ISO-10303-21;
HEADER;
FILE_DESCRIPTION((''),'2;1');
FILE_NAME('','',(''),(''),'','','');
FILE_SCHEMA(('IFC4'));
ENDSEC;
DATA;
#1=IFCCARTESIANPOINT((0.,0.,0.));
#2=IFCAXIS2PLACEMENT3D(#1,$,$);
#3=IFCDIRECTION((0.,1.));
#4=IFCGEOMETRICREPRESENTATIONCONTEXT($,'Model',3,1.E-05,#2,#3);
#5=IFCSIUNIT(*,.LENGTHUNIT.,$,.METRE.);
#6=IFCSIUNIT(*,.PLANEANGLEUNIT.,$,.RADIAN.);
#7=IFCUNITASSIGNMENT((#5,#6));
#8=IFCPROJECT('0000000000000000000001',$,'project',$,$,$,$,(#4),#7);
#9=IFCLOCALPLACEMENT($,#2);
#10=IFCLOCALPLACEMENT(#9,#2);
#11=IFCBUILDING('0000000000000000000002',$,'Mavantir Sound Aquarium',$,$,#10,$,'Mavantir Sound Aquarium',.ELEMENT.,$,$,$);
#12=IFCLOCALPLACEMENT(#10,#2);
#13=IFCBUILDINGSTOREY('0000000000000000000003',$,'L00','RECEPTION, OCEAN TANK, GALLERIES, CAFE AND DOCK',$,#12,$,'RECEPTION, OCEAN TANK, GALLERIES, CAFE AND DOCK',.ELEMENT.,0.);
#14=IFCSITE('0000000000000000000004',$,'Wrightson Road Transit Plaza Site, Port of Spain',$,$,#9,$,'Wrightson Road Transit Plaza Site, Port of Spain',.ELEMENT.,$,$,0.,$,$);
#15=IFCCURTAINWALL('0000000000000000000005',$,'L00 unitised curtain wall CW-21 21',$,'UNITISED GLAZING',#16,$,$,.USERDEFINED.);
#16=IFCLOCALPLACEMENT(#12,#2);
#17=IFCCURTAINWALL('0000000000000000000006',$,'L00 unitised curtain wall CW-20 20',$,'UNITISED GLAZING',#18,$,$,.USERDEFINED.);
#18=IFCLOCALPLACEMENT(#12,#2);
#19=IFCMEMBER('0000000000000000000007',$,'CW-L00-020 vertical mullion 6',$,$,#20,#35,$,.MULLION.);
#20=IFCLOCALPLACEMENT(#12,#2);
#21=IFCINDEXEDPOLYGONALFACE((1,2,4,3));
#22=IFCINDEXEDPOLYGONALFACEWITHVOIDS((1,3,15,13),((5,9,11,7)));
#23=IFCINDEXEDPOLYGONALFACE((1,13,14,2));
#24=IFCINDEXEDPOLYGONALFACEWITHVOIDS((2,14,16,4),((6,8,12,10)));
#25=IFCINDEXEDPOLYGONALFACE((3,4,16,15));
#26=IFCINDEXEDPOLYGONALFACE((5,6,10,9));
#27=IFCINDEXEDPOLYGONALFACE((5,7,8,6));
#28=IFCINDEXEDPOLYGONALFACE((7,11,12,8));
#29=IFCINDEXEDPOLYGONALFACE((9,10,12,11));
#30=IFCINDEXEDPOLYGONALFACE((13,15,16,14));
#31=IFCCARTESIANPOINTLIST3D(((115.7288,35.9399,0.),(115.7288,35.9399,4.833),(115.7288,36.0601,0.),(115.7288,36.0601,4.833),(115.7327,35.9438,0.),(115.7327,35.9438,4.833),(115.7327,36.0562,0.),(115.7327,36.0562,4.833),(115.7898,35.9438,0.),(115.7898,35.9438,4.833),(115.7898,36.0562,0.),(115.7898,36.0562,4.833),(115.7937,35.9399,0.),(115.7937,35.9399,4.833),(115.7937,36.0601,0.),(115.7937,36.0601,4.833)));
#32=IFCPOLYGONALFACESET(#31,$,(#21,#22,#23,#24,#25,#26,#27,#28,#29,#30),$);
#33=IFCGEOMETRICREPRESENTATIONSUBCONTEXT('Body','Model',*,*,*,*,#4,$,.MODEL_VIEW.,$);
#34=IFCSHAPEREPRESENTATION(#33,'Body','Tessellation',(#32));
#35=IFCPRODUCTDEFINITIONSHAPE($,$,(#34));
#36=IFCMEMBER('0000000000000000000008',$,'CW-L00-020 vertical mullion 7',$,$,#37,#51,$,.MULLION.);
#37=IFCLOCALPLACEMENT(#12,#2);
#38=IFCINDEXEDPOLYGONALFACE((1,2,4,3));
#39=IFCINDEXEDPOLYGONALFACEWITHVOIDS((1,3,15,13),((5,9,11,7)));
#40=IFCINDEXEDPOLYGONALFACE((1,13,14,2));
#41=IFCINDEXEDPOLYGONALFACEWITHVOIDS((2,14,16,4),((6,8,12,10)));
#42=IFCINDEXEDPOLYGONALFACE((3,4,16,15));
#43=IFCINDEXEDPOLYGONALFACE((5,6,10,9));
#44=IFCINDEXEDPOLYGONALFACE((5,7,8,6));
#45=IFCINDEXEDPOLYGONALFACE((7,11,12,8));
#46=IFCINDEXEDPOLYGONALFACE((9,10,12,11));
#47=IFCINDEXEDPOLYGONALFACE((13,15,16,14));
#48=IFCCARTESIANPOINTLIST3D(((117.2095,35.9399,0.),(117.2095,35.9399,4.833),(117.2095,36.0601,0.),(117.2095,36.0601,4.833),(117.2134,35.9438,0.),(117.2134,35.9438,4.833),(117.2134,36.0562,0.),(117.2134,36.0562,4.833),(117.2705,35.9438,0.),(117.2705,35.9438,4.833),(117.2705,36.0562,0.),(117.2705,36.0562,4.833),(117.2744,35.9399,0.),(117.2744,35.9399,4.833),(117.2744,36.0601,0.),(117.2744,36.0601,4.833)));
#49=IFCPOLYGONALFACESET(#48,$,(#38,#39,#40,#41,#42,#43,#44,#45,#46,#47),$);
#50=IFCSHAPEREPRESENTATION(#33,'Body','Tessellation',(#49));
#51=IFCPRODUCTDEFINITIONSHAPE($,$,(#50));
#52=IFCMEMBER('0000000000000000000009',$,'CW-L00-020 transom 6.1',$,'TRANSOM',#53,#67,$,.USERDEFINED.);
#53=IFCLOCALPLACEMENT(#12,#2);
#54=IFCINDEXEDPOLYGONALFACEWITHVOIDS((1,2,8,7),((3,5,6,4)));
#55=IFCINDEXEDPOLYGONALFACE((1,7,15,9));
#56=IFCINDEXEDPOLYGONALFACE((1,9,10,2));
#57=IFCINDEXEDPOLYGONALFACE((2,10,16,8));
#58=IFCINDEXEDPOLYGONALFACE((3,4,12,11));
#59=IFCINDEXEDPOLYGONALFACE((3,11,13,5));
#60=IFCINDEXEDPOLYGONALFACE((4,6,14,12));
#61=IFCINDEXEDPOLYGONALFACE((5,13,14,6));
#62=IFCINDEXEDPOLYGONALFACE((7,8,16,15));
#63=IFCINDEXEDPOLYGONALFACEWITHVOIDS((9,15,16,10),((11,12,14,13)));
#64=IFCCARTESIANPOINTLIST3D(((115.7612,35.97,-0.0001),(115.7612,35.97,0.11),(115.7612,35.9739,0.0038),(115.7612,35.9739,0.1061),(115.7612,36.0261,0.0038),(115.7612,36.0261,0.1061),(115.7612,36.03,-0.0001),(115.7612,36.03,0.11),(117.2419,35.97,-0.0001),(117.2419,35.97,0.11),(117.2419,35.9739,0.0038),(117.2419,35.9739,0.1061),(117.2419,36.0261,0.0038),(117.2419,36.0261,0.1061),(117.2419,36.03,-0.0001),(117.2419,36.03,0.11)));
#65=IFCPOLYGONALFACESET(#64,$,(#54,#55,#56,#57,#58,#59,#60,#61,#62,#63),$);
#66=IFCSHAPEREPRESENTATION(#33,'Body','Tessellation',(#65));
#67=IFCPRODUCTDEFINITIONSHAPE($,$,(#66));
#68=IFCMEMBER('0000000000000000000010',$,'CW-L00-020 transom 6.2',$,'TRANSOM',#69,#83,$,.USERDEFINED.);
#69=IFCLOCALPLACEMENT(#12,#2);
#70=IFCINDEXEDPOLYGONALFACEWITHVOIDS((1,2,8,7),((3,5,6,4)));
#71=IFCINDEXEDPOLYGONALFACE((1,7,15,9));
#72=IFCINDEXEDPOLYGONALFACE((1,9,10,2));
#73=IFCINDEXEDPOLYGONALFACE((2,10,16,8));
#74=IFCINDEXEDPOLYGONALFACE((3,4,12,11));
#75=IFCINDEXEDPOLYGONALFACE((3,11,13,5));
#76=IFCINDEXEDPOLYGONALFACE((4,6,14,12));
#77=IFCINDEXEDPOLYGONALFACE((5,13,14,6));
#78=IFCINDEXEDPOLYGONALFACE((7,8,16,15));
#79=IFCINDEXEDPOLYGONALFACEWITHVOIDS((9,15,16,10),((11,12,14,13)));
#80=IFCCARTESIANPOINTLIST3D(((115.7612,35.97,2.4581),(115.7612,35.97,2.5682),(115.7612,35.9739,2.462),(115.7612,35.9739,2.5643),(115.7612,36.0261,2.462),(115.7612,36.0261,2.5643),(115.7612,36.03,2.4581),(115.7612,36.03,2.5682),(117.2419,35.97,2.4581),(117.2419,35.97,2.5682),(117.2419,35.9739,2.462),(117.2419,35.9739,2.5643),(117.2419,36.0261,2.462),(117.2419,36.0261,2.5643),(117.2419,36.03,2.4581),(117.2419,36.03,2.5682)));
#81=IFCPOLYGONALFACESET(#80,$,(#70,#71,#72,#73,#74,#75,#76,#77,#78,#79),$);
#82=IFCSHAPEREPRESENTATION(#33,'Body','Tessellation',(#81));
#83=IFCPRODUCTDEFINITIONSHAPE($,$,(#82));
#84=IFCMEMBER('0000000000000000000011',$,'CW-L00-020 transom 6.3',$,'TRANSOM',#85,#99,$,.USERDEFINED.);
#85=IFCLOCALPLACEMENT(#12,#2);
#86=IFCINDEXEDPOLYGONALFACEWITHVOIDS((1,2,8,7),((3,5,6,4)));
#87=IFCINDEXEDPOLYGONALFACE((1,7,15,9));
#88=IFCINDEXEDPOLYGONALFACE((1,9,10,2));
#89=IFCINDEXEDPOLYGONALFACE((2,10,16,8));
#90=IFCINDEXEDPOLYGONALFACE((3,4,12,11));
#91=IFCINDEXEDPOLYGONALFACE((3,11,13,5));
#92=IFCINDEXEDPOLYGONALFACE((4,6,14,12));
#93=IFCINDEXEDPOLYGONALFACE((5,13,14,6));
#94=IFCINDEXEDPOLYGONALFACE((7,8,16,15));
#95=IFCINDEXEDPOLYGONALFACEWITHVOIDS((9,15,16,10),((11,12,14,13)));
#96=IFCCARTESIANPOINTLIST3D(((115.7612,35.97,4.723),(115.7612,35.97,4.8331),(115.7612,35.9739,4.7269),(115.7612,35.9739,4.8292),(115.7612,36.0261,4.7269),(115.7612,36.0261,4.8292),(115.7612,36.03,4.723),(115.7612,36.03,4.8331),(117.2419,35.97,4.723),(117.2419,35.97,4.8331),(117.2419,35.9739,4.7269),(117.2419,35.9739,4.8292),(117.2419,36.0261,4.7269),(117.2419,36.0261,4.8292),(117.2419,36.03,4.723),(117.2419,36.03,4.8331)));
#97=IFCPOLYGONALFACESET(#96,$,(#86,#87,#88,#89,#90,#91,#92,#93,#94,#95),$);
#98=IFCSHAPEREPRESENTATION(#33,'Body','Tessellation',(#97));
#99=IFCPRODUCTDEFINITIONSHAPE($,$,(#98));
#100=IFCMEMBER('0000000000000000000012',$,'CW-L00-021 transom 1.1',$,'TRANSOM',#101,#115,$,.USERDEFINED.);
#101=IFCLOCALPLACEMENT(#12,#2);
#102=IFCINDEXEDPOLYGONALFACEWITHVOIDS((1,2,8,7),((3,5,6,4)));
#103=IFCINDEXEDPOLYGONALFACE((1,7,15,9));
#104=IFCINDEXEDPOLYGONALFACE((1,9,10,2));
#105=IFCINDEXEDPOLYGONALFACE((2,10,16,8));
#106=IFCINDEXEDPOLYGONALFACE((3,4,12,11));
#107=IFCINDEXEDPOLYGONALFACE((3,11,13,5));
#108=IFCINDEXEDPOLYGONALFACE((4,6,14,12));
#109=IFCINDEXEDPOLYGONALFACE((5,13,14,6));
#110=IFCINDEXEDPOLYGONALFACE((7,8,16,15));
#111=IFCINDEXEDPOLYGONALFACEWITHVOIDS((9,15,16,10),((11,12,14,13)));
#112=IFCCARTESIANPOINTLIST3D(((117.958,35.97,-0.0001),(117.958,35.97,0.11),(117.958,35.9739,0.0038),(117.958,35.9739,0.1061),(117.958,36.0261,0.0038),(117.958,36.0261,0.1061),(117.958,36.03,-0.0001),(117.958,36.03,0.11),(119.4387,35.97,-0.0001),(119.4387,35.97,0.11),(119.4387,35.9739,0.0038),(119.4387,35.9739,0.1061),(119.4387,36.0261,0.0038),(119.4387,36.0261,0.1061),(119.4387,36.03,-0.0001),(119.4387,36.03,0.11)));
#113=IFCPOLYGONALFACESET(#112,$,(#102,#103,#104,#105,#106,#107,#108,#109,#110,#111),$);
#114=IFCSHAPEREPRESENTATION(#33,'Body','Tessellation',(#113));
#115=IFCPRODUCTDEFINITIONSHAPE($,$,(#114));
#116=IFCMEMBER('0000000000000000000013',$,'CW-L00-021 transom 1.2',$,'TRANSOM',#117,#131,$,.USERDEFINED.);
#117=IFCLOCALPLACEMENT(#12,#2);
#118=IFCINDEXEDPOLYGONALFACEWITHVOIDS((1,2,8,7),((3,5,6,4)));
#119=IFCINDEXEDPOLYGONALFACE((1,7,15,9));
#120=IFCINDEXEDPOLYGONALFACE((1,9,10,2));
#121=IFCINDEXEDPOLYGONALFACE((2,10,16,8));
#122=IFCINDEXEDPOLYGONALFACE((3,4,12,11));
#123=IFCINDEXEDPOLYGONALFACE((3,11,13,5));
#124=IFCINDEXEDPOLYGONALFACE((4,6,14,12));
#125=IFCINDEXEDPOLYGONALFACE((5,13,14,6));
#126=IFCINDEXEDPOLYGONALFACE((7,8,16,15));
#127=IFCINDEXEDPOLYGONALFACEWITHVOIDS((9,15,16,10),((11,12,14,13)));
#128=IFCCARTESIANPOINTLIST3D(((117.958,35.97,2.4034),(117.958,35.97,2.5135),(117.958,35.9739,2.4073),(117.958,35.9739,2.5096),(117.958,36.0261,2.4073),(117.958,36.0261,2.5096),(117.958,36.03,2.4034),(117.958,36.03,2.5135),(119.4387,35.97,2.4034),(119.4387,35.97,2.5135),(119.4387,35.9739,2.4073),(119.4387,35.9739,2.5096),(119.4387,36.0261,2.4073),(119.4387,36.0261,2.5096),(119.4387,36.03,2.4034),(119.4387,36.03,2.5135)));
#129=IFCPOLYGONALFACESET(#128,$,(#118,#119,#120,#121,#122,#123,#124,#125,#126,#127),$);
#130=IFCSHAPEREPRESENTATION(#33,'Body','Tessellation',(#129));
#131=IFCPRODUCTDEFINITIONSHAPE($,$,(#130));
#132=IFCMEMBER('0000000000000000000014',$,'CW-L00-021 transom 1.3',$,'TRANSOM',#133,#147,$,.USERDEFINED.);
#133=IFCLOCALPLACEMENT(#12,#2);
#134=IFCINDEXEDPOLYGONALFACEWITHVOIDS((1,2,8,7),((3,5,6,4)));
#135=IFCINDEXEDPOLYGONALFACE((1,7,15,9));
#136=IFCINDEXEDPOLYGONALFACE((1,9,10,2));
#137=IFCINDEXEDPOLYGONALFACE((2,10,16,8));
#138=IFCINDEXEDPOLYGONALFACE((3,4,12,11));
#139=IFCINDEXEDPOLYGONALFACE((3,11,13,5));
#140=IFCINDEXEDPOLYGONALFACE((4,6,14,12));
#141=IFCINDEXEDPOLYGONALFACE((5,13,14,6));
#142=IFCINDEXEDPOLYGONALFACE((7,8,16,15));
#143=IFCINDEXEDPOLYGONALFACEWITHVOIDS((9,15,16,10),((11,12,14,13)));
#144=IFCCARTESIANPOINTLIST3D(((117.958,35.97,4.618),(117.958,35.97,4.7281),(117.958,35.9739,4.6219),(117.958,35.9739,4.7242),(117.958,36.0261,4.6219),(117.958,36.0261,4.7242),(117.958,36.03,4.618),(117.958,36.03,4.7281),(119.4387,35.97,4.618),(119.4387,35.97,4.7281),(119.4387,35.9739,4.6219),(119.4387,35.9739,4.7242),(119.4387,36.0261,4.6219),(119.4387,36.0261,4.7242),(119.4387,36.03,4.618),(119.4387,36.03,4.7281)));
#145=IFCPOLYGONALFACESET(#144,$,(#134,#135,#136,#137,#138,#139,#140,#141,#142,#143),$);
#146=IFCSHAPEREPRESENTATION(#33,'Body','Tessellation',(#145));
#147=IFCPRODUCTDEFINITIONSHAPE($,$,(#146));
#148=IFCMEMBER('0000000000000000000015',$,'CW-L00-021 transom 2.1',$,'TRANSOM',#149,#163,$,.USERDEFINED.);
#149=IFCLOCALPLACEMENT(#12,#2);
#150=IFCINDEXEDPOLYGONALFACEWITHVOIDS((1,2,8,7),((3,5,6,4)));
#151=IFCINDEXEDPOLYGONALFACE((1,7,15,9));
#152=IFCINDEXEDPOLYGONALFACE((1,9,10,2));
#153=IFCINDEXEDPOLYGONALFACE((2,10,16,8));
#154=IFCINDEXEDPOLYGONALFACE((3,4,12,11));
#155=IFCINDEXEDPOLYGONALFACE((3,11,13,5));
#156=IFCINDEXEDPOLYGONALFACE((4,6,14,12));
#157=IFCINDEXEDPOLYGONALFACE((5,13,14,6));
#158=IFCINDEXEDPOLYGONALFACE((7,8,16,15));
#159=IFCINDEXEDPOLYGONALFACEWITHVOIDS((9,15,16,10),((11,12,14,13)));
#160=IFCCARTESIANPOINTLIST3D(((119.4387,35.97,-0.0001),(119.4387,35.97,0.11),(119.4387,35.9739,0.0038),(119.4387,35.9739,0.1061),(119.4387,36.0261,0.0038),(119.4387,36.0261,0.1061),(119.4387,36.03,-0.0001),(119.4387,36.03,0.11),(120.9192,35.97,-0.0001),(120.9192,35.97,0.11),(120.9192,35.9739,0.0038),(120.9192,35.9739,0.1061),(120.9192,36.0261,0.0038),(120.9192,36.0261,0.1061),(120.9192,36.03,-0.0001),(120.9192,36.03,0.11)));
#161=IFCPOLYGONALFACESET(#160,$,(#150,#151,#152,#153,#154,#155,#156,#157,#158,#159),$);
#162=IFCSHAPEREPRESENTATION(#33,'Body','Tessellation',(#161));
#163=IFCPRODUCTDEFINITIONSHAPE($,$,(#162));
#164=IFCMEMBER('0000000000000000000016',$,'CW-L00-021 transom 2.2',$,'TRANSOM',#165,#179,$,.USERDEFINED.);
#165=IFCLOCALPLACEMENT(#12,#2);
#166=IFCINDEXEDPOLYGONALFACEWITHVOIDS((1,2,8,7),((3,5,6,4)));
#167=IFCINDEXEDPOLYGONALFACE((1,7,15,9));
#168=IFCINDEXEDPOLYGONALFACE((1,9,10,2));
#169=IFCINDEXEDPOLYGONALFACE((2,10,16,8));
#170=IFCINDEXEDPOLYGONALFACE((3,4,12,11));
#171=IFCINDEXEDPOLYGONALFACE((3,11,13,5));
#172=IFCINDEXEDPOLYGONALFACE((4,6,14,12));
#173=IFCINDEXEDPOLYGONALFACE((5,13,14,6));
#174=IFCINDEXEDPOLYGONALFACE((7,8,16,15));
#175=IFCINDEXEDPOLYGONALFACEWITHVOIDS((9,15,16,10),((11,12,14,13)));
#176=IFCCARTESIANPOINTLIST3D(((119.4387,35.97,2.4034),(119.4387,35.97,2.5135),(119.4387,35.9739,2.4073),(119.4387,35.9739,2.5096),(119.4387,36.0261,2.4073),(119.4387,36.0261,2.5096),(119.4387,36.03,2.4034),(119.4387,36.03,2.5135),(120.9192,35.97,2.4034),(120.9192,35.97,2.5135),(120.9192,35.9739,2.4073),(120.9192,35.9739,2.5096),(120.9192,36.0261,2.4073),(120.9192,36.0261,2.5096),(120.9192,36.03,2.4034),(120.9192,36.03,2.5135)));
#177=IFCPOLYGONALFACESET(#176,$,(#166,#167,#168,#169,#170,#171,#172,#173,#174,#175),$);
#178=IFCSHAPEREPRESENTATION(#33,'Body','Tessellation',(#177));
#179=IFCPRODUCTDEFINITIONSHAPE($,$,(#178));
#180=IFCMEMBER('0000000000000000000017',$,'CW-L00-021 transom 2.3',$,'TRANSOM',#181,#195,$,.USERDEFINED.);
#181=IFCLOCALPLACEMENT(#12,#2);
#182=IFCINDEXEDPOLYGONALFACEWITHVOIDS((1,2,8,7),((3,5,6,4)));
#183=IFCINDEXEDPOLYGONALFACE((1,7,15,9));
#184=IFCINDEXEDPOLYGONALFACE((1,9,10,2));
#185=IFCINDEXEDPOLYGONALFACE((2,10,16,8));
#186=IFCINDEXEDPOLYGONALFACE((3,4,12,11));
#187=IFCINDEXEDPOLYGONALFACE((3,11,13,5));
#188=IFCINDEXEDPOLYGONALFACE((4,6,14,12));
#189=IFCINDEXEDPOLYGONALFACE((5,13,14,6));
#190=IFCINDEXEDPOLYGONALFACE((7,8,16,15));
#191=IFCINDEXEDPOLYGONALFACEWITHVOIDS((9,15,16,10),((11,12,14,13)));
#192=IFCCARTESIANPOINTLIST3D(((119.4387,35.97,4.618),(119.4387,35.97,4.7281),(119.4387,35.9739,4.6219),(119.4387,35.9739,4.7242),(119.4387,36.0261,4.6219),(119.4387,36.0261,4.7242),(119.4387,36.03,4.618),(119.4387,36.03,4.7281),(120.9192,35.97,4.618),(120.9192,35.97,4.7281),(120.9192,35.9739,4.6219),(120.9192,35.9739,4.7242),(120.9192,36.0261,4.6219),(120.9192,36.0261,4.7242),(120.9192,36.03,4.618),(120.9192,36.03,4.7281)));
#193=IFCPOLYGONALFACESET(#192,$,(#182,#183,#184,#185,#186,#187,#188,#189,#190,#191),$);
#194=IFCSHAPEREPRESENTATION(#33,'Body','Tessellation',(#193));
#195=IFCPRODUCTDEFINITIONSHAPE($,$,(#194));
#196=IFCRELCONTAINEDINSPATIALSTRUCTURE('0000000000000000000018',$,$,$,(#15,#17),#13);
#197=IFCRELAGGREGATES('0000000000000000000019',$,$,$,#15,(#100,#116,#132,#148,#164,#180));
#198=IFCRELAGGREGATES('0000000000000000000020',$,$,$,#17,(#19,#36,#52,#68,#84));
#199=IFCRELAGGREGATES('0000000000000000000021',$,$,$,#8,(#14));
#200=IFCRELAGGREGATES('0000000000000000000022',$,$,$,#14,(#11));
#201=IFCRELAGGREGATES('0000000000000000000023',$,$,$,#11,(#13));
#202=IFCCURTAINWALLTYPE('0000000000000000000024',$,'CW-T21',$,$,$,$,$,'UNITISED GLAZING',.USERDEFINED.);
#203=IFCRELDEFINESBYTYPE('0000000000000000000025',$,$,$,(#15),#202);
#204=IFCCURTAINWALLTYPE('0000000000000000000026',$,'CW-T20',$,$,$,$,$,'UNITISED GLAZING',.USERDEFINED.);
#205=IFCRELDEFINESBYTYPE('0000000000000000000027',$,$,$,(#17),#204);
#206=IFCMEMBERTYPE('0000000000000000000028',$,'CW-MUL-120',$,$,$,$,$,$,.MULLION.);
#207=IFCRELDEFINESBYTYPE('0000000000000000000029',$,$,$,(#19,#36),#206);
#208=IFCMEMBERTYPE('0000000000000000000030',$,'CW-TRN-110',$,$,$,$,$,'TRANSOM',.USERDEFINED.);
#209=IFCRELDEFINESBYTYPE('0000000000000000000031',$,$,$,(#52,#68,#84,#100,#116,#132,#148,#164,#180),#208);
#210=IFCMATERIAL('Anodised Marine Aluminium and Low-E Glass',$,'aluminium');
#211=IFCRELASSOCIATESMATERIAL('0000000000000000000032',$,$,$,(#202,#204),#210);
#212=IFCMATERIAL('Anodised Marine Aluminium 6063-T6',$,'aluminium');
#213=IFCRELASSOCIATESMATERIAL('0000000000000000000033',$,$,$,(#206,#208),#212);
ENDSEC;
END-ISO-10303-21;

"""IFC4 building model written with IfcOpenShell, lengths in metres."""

from ifc_helpers import new_model, si_unit, direction, frame, origin, origin_2d, place, context, subcontext, project, spatial, hollow_rectangle, extrude, material, material_profile, profile_set, type_object, element, aggregate, save


model = new_model("IFC4")

# Units and contexts
model_context = context("Model", 3, precision=1e-05, world=origin(), true_north=direction((0.0, 1.0)))
body_context = subcontext(model_context, "Body", "Model", "MODEL_VIEW")
ifc_project = project(units=[si_unit("LENGTHUNIT", "METRE"), si_unit("PLANEANGLEUNIT", "RADIAN")], contexts=[model_context])

# Site, building, storey
site_placement = place(None, origin())
site = spatial("IfcSite", under=ifc_project, at=site_placement, Name="Wrightson Road Transit Plaza Site, Port of Spain", LongName="Wrightson Road Transit Plaza Site, Port of Spain", CompositionType="ELEMENT", RefElevation=0.0)
building_placement = place(site_placement, origin())
building = spatial("IfcBuilding", under=site, at=building_placement, Name="Mavantir Sound Aquarium", LongName="Mavantir Sound Aquarium", CompositionType="ELEMENT")
storey_placement = place(building_placement, origin())
storey = spatial("IfcBuildingStorey", under=building, at=storey_placement, Name="L00", Description="RECEPTION, OCEAN TANK, GALLERIES, CAFE AND DOCK", LongName="RECEPTION, OCEAN TANK, GALLERIES, CAFE AND DOCK", CompositionType="ELEMENT", Elevation=0.0)

# Curtain walls, members
ifc_material_1 = material(Name="Anodised Marine Aluminium and Low-E Glass", Category="aluminium")
curtain_wall_type_1 = type_object("IfcCurtainWallType", Name="CW-T21", ElementType="UNITISED GLAZING", PredefinedType="USERDEFINED", material=ifc_material_1)
curtain_wall_1_placement = place(storey_placement, origin())
curtain_wall_1 = element("IfcCurtainWall", 1, at=curtain_wall_1_placement, inside=storey, type_object=curtain_wall_type_1, Name="L00 unitised curtain wall CW-21 21", ObjectType="UNITISED GLAZING", PredefinedType="USERDEFINED")
ifc_material_2 = material(Name="Anodised Marine Aluminium 6063-T6", Category="aluminium")
curtain_wall_type_2 = type_object("IfcCurtainWallType", Name="CW-T20", ElementType="UNITISED GLAZING", PredefinedType="USERDEFINED", material=ifc_material_1)
curtain_wall_2_placement = place(storey_placement, origin())
curtain_wall_2 = element("IfcCurtainWall", 2, at=curtain_wall_2_placement, inside=storey, type_object=curtain_wall_type_2, Name="L00 unitised curtain wall CW-20 20", ObjectType="UNITISED GLAZING", PredefinedType="USERDEFINED")
ifc_material_profile_1 = material_profile(ifc_material_2, hollow_rectangle(XDim=0.0649, YDim=0.1201, WallThickness=0.0039, at=origin_2d()), Name="ALU-MULLION-120X65")
ifc_profile_set_1 = profile_set([ifc_material_profile_1], Name="Anodised Marine Aluminium 6063-T6")
member_type_1 = type_object("IfcMemberType", Name="CW-MUL-120", PredefinedType="MULLION", material=ifc_profile_set_1)
member_1_placement = place(storey_placement, frame((115.7612, 36.0, 0.0), z_axis=(0.0, 0.0, 1.0), x_axis=(1.0, 0.0, 0.0)))
member_1 = element("IfcMember", 3, at=member_1_placement, type_object=member_type_1, Name="CW-L00-020 vertical mullion 6", PredefinedType="MULLION", context=body_context, shape_type="SweptSolid", body=[
    extrude(hollow_rectangle(XDim=0.0649, YDim=0.1201, WallThickness=0.0039, at=origin_2d()), origin(), (0.0, 0.0, 1.0), 4.833),
])
member_2_placement = place(storey_placement, frame((117.2419, 36.0, 0.0), z_axis=(0.0, 0.0, 1.0), x_axis=(1.0, 0.0, 0.0)))
member_2 = element("IfcMember", 4, at=member_2_placement, type_object=member_type_1, Name="CW-L00-020 vertical mullion 7", PredefinedType="MULLION", context=body_context, shape_type="SweptSolid", body=[
    extrude(hollow_rectangle(XDim=0.0649, YDim=0.1201, WallThickness=0.0039, at=origin_2d()), origin(), (0.0, 0.0, 1.0), 4.833),
])
ifc_material_profile_2 = material_profile(ifc_material_2, hollow_rectangle(XDim=0.0601, YDim=0.1101, WallThickness=0.0039, at=origin_2d()), Name="ALU-TRANSOM-110X60")
ifc_profile_set_2 = profile_set([ifc_material_profile_2], Name="Anodised Marine Aluminium 6063-T6")
member_type_2 = type_object("IfcMemberType", Name="CW-TRN-110", ElementType="TRANSOM", PredefinedType="USERDEFINED", material=ifc_profile_set_2)
member_3_placement = place(storey_placement, frame((115.7612, 36.0, 0.0549), z_axis=(1.0, 0.0, 0.0), x_axis=(0.0, 1.0, 0.0)))
member_3 = element("IfcMember", 5, at=member_3_placement, type_object=member_type_2, Name="CW-L00-020 transom 6.1", ObjectType="TRANSOM", PredefinedType="USERDEFINED", context=body_context, shape_type="SweptSolid", body=[
    extrude(hollow_rectangle(XDim=0.0601, YDim=0.1101, WallThickness=0.0039, at=origin_2d()), origin(), (0.0, 0.0, 1.0), 1.4807),
])
member_4_placement = place(storey_placement, frame((115.7612, 36.0, 2.5132), z_axis=(1.0, 0.0, 0.0), x_axis=(0.0, 1.0, 0.0)))
member_4 = element("IfcMember", 6, at=member_4_placement, type_object=member_type_2, Name="CW-L00-020 transom 6.2", ObjectType="TRANSOM", PredefinedType="USERDEFINED", context=body_context, shape_type="SweptSolid", body=[
    extrude(hollow_rectangle(XDim=0.0601, YDim=0.1101, WallThickness=0.0039, at=origin_2d()), origin(), (0.0, 0.0, 1.0), 1.4807),
])
member_5_placement = place(storey_placement, frame((115.7612, 36.0, 4.7781), z_axis=(1.0, 0.0, 0.0), x_axis=(0.0, 1.0, 0.0)))
member_5 = element("IfcMember", 7, at=member_5_placement, type_object=member_type_2, Name="CW-L00-020 transom 6.3", ObjectType="TRANSOM", PredefinedType="USERDEFINED", context=body_context, shape_type="SweptSolid", body=[
    extrude(hollow_rectangle(XDim=0.0601, YDim=0.1101, WallThickness=0.0039, at=origin_2d()), origin(), (0.0, 0.0, 1.0), 1.4807),
])

# Members
member_6_placement = place(storey_placement, frame((117.958, 36.0, 0.0549), z_axis=(1.0, 0.0, 0.0), x_axis=(0.0, 1.0, 0.0)))
member_6 = element("IfcMember", 8, at=member_6_placement, type_object=member_type_2, Name="CW-L00-021 transom 1.1", ObjectType="TRANSOM", PredefinedType="USERDEFINED", context=body_context, shape_type="SweptSolid", body=[
    extrude(hollow_rectangle(XDim=0.0601, YDim=0.1101, WallThickness=0.0039, at=origin_2d()), origin(), (0.0, 0.0, 1.0), 1.4807),
])
member_7_placement = place(storey_placement, frame((117.958, 36.0, 2.4585), z_axis=(1.0, 0.0, 0.0), x_axis=(0.0, 1.0, 0.0)))
member_7 = element("IfcMember", 9, at=member_7_placement, type_object=member_type_2, Name="CW-L00-021 transom 1.2", ObjectType="TRANSOM", PredefinedType="USERDEFINED", context=body_context, shape_type="SweptSolid", body=[
    extrude(hollow_rectangle(XDim=0.0601, YDim=0.1101, WallThickness=0.0039, at=origin_2d()), origin(), (0.0, 0.0, 1.0), 1.4807),
])
member_8_placement = place(storey_placement, frame((117.958, 36.0, 4.6731), z_axis=(1.0, 0.0, 0.0), x_axis=(0.0, 1.0, 0.0)))
member_8 = element("IfcMember", 10, at=member_8_placement, type_object=member_type_2, Name="CW-L00-021 transom 1.3", ObjectType="TRANSOM", PredefinedType="USERDEFINED", context=body_context, shape_type="SweptSolid", body=[
    extrude(hollow_rectangle(XDim=0.0601, YDim=0.1101, WallThickness=0.0039, at=origin_2d()), origin(), (0.0, 0.0, 1.0), 1.4807),
])
member_9_placement = place(storey_placement, frame((119.4387, 36.0, 0.0549), z_axis=(1.0, 0.0, 0.0), x_axis=(0.0, 1.0, 0.0)))
member_9 = element("IfcMember", 11, at=member_9_placement, type_object=member_type_2, Name="CW-L00-021 transom 2.1", ObjectType="TRANSOM", PredefinedType="USERDEFINED", context=body_context, shape_type="SweptSolid", body=[
    extrude(hollow_rectangle(XDim=0.0601, YDim=0.1101, WallThickness=0.0039, at=origin_2d()), origin(), (0.0, 0.0, 1.0), 1.4805),
])
member_10_placement = place(storey_placement, frame((119.4387, 36.0, 2.4585), z_axis=(1.0, 0.0, 0.0), x_axis=(0.0, 1.0, 0.0)))
member_10 = element("IfcMember", 12, at=member_10_placement, type_object=member_type_2, Name="CW-L00-021 transom 2.2", ObjectType="TRANSOM", PredefinedType="USERDEFINED", context=body_context, shape_type="SweptSolid", body=[
    extrude(hollow_rectangle(XDim=0.0601, YDim=0.1101, WallThickness=0.0039, at=origin_2d()), origin(), (0.0, 0.0, 1.0), 1.4805),
])
member_11_placement = place(storey_placement, frame((119.4387, 36.0, 4.6731), z_axis=(1.0, 0.0, 0.0), x_axis=(0.0, 1.0, 0.0)))
member_11 = element("IfcMember", 13, at=member_11_placement, type_object=member_type_2, Name="CW-L00-021 transom 2.3", ObjectType="TRANSOM", PredefinedType="USERDEFINED", context=body_context, shape_type="SweptSolid", body=[
    extrude(hollow_rectangle(XDim=0.0601, YDim=0.1101, WallThickness=0.0039, at=origin_2d()), origin(), (0.0, 0.0, 1.0), 1.4805),
])

aggregate(curtain_wall_1, [member_6, member_7, member_8, member_9, member_10, member_11])
aggregate(curtain_wall_2, [member_1, member_2, member_3, member_4, member_5])

save(model, "model.ifc")
